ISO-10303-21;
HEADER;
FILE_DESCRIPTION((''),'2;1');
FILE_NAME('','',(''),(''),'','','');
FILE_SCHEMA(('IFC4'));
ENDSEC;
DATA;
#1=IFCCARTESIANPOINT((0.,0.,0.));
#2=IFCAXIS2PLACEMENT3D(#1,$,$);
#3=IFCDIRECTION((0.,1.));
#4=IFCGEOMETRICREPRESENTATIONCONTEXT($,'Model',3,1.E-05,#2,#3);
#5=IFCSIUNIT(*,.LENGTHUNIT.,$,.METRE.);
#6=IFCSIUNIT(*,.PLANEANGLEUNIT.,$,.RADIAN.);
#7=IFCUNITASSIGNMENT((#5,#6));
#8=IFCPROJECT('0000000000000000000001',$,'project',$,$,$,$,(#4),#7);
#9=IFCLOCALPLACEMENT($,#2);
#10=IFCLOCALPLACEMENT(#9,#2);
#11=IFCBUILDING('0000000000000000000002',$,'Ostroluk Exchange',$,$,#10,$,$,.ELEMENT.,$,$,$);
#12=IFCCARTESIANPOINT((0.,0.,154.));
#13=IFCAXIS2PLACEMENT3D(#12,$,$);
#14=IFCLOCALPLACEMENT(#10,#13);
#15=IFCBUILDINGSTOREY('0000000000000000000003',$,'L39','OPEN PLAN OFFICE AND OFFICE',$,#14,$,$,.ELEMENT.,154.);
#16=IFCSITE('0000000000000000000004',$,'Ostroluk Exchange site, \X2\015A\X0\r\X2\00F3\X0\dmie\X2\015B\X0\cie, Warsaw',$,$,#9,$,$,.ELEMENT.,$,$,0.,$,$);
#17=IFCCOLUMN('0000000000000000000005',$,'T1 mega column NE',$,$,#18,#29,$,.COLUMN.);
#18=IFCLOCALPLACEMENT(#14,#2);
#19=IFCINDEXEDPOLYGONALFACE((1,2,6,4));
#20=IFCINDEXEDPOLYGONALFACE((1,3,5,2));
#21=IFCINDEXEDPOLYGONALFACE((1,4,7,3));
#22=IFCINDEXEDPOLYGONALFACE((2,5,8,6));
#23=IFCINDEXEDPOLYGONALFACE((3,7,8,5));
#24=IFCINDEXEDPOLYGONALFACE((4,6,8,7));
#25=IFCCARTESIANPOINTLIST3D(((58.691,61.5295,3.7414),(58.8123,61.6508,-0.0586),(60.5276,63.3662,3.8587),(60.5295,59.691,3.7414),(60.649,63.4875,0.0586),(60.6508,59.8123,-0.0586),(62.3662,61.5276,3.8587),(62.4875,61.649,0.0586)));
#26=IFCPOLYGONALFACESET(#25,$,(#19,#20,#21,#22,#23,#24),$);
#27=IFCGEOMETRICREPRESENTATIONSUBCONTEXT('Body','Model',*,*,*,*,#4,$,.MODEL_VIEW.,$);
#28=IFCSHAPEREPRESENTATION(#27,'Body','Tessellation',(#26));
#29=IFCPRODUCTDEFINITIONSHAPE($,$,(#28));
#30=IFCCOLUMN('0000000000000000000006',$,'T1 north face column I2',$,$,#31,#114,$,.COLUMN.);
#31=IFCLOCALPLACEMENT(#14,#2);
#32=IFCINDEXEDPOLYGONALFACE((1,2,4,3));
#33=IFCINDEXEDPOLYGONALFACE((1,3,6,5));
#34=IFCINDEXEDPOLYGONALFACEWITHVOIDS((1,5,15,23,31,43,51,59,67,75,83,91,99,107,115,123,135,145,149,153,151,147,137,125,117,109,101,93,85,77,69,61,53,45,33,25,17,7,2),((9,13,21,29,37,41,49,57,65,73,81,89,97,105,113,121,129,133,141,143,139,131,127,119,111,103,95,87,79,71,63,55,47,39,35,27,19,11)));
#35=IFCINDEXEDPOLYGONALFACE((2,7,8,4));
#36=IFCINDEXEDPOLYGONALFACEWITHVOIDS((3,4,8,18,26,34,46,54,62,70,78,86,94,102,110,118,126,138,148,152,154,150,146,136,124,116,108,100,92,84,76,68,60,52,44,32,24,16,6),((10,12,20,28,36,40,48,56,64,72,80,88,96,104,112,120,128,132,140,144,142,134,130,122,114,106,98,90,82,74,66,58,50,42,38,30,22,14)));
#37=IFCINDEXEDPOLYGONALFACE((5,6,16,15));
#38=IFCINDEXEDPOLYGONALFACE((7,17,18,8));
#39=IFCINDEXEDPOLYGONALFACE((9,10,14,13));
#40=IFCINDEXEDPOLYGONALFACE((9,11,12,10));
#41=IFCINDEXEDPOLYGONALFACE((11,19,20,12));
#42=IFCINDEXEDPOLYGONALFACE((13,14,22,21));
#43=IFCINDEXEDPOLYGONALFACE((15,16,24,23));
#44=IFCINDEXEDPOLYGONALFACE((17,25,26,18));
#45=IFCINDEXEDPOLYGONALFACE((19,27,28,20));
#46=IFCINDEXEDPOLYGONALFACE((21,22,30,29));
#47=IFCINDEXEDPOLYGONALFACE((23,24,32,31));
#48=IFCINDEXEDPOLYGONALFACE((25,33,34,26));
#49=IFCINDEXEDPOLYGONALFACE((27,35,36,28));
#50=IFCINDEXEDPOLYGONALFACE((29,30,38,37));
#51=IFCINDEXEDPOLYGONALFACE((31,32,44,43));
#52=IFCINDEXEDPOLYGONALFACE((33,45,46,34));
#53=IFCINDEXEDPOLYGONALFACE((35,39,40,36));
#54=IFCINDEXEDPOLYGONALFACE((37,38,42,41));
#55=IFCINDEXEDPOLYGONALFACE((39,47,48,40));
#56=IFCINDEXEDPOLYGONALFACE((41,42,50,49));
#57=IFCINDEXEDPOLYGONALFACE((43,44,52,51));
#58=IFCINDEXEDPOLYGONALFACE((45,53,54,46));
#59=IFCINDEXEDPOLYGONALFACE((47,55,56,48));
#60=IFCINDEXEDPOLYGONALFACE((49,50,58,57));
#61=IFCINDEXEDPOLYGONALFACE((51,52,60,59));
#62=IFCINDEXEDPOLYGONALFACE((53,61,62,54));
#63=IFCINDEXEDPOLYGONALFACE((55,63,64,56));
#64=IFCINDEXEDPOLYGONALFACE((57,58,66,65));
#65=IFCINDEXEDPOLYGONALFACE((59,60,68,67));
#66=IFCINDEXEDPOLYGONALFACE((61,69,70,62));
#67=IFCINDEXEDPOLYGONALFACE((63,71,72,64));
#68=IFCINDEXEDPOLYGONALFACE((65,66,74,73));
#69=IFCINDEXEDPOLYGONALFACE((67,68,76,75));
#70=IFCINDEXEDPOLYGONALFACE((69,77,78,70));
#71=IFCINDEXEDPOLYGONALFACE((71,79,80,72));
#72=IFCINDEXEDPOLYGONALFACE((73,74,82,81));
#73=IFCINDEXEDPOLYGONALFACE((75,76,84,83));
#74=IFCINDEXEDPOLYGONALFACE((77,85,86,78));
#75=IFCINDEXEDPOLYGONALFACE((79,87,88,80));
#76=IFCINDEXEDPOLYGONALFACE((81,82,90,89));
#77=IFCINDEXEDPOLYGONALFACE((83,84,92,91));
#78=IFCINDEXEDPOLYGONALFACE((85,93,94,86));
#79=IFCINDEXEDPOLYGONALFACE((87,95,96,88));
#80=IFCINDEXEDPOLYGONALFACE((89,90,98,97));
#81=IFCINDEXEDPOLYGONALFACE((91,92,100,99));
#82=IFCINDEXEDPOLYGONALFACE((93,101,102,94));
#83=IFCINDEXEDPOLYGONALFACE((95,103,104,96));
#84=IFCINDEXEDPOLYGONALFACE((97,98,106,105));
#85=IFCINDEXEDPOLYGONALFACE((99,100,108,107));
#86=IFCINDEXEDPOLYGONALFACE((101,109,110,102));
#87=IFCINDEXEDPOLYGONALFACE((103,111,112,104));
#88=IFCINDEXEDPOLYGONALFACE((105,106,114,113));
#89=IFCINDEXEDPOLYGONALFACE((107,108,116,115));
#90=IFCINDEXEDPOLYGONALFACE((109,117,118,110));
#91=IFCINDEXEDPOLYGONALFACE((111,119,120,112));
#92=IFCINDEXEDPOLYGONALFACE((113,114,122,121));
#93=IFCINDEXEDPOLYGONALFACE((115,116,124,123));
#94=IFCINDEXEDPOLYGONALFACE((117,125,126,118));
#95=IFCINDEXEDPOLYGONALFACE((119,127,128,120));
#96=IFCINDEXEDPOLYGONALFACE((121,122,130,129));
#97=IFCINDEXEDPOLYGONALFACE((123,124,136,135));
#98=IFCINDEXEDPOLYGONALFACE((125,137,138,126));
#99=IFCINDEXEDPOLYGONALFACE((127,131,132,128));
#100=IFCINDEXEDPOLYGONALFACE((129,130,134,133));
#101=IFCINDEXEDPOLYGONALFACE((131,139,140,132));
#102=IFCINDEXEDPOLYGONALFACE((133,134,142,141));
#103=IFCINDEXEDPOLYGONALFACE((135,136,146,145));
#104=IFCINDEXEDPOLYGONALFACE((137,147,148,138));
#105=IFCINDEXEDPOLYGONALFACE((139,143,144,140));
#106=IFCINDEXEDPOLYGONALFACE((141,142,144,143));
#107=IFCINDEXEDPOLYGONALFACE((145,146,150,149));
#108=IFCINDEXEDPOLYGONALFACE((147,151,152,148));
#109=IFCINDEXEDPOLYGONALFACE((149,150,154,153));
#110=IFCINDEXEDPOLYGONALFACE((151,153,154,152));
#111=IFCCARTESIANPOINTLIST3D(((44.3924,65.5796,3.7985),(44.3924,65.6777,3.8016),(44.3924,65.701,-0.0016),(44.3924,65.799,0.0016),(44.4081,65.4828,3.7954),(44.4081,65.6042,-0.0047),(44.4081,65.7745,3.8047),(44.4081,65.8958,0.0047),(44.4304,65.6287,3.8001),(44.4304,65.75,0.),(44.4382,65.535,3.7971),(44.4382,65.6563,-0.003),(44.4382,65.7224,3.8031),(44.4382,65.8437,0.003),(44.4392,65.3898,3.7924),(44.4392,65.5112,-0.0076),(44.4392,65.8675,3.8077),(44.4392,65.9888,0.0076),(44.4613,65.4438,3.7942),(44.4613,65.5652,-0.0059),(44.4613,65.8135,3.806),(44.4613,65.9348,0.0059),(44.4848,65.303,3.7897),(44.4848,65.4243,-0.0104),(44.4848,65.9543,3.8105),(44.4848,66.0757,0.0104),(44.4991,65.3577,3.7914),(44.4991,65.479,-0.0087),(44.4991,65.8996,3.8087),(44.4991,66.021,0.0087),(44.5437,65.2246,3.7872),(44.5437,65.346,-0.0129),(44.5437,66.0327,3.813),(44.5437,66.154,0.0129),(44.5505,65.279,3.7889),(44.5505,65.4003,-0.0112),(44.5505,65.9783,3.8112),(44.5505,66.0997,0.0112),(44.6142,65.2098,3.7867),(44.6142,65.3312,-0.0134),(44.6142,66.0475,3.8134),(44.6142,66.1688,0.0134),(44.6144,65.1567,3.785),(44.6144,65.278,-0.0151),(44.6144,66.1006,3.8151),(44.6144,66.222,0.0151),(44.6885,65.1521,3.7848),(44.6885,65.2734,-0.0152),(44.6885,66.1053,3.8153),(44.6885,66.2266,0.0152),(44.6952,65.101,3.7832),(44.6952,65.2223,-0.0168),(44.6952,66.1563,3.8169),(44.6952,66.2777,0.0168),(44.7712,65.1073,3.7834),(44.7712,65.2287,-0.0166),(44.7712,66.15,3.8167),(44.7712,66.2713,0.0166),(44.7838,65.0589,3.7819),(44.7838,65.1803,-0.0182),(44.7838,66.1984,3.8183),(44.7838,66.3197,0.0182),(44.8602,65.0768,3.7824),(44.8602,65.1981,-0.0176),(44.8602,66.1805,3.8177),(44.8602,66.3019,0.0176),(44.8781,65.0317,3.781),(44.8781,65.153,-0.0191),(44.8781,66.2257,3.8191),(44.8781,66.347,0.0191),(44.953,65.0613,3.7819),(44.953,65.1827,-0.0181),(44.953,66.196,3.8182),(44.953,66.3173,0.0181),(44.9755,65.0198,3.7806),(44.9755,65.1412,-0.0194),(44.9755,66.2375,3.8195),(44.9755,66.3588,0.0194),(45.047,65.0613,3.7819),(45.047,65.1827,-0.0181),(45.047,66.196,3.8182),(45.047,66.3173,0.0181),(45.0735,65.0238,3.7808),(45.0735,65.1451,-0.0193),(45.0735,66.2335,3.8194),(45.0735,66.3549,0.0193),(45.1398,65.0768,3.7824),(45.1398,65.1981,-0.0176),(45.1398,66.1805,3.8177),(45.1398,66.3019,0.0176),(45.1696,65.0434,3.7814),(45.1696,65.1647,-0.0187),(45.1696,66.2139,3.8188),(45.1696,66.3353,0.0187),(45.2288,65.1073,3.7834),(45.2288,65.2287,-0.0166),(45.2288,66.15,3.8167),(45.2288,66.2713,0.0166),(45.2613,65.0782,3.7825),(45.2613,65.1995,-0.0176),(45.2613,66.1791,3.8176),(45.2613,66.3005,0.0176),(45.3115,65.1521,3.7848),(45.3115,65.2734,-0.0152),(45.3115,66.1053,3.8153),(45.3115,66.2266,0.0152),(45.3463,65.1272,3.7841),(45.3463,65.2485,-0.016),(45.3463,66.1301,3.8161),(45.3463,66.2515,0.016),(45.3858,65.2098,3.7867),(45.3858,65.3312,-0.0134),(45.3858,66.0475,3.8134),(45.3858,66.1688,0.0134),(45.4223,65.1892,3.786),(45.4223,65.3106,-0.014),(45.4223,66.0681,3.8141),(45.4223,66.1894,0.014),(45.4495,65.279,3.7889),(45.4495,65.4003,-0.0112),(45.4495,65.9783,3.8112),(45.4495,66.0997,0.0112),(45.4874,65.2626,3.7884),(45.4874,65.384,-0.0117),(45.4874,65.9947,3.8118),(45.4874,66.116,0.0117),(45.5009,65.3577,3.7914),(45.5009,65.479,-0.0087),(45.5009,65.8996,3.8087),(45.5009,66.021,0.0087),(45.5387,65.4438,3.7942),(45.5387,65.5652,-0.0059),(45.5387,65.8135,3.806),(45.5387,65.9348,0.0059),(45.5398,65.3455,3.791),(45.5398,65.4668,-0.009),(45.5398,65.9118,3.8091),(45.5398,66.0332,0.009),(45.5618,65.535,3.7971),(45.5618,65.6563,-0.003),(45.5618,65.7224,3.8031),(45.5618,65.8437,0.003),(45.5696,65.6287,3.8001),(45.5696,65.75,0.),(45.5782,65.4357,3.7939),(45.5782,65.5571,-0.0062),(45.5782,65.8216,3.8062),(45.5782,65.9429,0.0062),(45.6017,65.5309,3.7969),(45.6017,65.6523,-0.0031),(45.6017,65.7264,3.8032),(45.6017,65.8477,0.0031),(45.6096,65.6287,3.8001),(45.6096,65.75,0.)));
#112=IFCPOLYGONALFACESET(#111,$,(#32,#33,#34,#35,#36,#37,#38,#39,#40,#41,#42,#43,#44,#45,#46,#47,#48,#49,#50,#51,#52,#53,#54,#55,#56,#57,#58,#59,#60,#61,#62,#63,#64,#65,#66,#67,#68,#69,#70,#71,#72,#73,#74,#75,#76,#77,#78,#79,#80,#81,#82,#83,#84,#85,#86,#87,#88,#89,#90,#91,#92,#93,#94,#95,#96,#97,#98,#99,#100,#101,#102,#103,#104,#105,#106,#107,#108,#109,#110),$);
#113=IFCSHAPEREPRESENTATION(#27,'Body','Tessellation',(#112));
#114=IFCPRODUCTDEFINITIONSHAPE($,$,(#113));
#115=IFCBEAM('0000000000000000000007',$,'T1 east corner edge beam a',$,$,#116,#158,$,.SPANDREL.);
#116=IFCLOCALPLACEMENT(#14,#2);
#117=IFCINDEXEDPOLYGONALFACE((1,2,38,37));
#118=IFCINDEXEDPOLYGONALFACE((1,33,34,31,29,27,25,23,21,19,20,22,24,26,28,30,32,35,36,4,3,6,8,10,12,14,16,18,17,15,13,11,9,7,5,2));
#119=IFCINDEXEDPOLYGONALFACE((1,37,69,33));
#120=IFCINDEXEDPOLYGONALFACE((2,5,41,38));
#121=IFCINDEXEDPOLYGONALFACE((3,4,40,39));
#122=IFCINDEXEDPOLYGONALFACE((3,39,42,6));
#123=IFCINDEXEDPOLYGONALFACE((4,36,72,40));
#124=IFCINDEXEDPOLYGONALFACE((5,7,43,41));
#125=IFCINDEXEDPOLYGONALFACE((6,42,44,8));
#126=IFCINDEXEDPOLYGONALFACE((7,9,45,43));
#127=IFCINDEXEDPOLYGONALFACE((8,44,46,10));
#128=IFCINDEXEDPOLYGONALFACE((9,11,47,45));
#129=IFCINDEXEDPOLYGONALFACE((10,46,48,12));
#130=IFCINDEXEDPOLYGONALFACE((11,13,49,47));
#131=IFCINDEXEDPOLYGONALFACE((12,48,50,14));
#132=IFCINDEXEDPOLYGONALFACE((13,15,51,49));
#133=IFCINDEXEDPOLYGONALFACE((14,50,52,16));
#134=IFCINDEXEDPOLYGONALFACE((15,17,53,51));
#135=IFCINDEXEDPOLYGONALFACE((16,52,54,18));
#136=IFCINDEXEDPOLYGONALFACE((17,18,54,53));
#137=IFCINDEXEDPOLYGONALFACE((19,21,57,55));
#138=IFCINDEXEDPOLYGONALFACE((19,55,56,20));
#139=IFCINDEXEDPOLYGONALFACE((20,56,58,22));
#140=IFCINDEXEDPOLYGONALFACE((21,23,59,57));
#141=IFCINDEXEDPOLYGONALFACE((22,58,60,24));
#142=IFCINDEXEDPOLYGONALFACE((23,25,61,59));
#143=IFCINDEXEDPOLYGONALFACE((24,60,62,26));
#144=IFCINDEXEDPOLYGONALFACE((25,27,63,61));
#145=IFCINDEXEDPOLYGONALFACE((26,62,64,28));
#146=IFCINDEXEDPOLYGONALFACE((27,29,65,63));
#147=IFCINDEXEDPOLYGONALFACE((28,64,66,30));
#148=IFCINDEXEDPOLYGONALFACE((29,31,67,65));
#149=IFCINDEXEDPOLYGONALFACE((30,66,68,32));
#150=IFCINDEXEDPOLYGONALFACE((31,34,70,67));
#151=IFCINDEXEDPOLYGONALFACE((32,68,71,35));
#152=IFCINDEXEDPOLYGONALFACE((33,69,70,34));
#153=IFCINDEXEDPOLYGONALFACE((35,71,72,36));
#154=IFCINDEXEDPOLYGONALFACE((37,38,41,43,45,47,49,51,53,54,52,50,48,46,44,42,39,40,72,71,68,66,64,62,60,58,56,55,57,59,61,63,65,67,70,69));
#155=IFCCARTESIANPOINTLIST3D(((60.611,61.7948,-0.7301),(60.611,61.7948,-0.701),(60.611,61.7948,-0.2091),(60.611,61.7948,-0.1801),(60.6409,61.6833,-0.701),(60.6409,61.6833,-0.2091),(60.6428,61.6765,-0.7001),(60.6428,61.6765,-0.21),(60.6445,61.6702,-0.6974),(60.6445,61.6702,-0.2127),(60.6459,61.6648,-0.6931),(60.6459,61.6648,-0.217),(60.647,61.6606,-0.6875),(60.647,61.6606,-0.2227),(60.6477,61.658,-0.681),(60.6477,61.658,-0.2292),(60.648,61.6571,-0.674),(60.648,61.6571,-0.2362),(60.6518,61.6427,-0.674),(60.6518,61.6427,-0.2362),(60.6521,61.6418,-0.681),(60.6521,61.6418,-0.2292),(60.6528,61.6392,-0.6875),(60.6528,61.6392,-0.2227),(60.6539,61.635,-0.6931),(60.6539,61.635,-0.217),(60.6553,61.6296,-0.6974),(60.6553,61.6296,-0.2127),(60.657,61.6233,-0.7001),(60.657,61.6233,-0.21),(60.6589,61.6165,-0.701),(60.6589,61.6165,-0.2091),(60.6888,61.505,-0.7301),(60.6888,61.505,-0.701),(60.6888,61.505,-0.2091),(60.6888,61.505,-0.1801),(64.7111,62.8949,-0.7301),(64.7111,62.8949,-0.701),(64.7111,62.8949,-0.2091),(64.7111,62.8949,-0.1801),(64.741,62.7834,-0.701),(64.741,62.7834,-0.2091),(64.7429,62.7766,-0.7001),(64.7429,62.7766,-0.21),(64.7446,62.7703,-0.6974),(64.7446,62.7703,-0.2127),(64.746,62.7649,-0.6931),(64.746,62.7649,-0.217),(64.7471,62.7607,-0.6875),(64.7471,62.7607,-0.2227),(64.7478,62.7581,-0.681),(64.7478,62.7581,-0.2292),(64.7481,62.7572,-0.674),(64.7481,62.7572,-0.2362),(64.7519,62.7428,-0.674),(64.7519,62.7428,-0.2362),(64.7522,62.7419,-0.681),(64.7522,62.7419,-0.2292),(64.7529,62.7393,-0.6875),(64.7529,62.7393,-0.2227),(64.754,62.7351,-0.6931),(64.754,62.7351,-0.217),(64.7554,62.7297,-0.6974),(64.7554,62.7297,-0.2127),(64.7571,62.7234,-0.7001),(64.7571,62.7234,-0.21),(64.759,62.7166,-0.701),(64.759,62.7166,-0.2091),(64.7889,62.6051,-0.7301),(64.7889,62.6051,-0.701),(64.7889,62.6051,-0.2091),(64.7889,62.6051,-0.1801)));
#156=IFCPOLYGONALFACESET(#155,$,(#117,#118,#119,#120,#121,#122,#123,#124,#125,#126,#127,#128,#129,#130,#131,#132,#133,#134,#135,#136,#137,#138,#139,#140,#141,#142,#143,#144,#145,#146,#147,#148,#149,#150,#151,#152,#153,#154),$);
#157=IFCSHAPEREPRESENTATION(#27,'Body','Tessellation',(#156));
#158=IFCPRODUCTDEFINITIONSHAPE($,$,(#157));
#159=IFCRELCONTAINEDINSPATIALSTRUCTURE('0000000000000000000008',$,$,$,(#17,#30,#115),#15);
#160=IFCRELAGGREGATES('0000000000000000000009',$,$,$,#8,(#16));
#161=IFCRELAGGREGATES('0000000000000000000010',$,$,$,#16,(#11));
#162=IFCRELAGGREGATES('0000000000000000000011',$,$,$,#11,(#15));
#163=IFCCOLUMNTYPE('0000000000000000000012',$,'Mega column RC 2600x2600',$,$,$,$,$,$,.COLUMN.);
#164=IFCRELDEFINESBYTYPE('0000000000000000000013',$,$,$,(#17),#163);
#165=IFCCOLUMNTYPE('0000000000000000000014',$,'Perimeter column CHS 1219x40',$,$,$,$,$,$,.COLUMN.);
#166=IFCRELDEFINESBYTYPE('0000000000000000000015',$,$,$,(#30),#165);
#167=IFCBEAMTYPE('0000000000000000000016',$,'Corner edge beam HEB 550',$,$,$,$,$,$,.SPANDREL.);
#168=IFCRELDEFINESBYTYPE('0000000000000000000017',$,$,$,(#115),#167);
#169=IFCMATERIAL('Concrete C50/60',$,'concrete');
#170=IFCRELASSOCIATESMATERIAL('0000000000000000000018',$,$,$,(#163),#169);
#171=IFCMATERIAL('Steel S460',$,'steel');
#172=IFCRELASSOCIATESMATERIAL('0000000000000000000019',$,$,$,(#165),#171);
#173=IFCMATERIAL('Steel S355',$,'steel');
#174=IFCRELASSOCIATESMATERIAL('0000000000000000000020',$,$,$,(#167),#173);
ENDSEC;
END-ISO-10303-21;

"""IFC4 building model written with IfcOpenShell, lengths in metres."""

from ifc_helpers import new_model, si_unit, direction, frame, origin, origin_2d, place, context, subcontext, project, spatial, rectangle, hollow_circle, i_section, extrude, material, material_profile, profile_set, type_object, element, save


model = new_model("IFC4")

# Units and contexts
model_context = context("Model", 3, precision=1e-05, world=origin(), true_north=direction((0.0, 1.0)))
body_context = subcontext(model_context, "Body", "Model", "MODEL_VIEW")
ifc_project = project(units=[si_unit("LENGTHUNIT", "METRE"), si_unit("PLANEANGLEUNIT", "RADIAN")], contexts=[model_context])

# Site, building, storey
site_placement = place(None, origin())
site = spatial("IfcSite", under=ifc_project, at=site_placement, Name="Ostroluk Exchange site, Śródmieście, Warsaw", CompositionType="ELEMENT", RefElevation=0.0)
building_placement = place(site_placement, origin())
building = spatial("IfcBuilding", under=site, at=building_placement, Name="Ostroluk Exchange", CompositionType="ELEMENT")
storey_placement = place(building_placement, frame((0.0, 0.0, 154.0)))
storey = spatial("IfcBuildingStorey", under=building, at=storey_placement, Name="L39", Description="OPEN PLAN OFFICE AND OFFICE", CompositionType="ELEMENT", Elevation=154.0)

# Columns
ifc_material_1 = material(Name="Concrete C50/60", Category="concrete")
ifc_material_profile_1 = material_profile(ifc_material_1, rectangle(XDim=2.6001, YDim=2.6001, at=origin_2d()), Name="RC 2600x2600")
ifc_profile_set_1 = profile_set([ifc_material_profile_1], Name="Concrete C50/60")
column_type_1 = type_object("IfcColumnType", Name="Mega column RC 2600x2600", PredefinedType="COLUMN", material=ifc_profile_set_1)
column_1_placement = place(storey_placement, frame((60.6499, 61.6499, 0.0), z_axis=(-0.031898, -0.031898, 0.998982), x_axis=(0.707107, -0.707107, 0.0)))
element("IfcColumn", 1, at=column_1_placement, inside=storey, type_object=column_type_1, Name="T1 mega column NE", PredefinedType="COLUMN", context=body_context, shape_type="SweptSolid", body=[
    extrude(rectangle(XDim=2.6001, YDim=2.6001, at=origin_2d()), origin(), (0.0, 0.0, 1.0), 3.804),
])
ifc_material_2 = material(Name="Steel S460", Category="steel")
ifc_material_profile_2 = material_profile(ifc_material_2, hollow_circle(Radius=0.6096, WallThickness=0.04, at=origin_2d()), Name="CHS 1219x40")
ifc_profile_set_2 = profile_set([ifc_material_profile_2], Name="Steel S460")
column_type_2 = type_object("IfcColumnType", Name="Perimeter column CHS 1219x40", PredefinedType="COLUMN", material=ifc_profile_set_2)
column_2_placement = place(storey_placement, frame((45.0, 65.75, 0.0), z_axis=(0.0, -0.031914, 0.999491), x_axis=(1.0, 0.0, 0.0)))
element("IfcColumn", 2, at=column_2_placement, inside=storey, type_object=column_type_2, Name="T1 north face column I2", PredefinedType="COLUMN", context=body_context, shape_type="SweptSolid", body=[
    extrude(hollow_circle(Radius=0.6096, WallThickness=0.04, at=origin_2d()), origin(), (0.0, 0.0, 1.0), 3.802),
])

# Beam
ifc_material_3 = material(Name="Steel S355", Category="steel")
ifc_material_profile_3 = material_profile(ifc_material_3, i_section(OverallWidth=0.3, OverallDepth=0.55, WebThickness=0.0149, FlangeThickness=0.0291, FilletRadius=0.0271, at=origin_2d()), Name="HEB 550")
ifc_profile_set_3 = profile_set([ifc_material_profile_3], Name="Steel S355")
beam_type_1 = type_object("IfcBeamType", Name="Corner edge beam HEB 550", PredefinedType="SPANDREL", material=ifc_profile_set_3)
for number, where, z_axis, x_axis, name in (
    (3, (60.6499, 61.6499, -0.4551), (0.965839, 0.259144, 0.0), (-0.259144, 0.965839, 0.0), "T1 east corner edge beam a"),
):
    element("IfcBeam", number, at=place(storey_placement, frame(where, z_axis=z_axis, x_axis=x_axis)), inside=storey, type_object=beam_type_1, Name=name, PredefinedType="SPANDREL", context=body_context, shape_type="SweptSolid", body=[
        extrude(i_section(OverallWidth=0.3, OverallDepth=0.55, WebThickness=0.0149, FlangeThickness=0.0291, FilletRadius=0.0271, at=origin_2d()), origin(), (0.0, 0.0, 1.0), 4.2451),
    ])

save(model, "model.ifc")
